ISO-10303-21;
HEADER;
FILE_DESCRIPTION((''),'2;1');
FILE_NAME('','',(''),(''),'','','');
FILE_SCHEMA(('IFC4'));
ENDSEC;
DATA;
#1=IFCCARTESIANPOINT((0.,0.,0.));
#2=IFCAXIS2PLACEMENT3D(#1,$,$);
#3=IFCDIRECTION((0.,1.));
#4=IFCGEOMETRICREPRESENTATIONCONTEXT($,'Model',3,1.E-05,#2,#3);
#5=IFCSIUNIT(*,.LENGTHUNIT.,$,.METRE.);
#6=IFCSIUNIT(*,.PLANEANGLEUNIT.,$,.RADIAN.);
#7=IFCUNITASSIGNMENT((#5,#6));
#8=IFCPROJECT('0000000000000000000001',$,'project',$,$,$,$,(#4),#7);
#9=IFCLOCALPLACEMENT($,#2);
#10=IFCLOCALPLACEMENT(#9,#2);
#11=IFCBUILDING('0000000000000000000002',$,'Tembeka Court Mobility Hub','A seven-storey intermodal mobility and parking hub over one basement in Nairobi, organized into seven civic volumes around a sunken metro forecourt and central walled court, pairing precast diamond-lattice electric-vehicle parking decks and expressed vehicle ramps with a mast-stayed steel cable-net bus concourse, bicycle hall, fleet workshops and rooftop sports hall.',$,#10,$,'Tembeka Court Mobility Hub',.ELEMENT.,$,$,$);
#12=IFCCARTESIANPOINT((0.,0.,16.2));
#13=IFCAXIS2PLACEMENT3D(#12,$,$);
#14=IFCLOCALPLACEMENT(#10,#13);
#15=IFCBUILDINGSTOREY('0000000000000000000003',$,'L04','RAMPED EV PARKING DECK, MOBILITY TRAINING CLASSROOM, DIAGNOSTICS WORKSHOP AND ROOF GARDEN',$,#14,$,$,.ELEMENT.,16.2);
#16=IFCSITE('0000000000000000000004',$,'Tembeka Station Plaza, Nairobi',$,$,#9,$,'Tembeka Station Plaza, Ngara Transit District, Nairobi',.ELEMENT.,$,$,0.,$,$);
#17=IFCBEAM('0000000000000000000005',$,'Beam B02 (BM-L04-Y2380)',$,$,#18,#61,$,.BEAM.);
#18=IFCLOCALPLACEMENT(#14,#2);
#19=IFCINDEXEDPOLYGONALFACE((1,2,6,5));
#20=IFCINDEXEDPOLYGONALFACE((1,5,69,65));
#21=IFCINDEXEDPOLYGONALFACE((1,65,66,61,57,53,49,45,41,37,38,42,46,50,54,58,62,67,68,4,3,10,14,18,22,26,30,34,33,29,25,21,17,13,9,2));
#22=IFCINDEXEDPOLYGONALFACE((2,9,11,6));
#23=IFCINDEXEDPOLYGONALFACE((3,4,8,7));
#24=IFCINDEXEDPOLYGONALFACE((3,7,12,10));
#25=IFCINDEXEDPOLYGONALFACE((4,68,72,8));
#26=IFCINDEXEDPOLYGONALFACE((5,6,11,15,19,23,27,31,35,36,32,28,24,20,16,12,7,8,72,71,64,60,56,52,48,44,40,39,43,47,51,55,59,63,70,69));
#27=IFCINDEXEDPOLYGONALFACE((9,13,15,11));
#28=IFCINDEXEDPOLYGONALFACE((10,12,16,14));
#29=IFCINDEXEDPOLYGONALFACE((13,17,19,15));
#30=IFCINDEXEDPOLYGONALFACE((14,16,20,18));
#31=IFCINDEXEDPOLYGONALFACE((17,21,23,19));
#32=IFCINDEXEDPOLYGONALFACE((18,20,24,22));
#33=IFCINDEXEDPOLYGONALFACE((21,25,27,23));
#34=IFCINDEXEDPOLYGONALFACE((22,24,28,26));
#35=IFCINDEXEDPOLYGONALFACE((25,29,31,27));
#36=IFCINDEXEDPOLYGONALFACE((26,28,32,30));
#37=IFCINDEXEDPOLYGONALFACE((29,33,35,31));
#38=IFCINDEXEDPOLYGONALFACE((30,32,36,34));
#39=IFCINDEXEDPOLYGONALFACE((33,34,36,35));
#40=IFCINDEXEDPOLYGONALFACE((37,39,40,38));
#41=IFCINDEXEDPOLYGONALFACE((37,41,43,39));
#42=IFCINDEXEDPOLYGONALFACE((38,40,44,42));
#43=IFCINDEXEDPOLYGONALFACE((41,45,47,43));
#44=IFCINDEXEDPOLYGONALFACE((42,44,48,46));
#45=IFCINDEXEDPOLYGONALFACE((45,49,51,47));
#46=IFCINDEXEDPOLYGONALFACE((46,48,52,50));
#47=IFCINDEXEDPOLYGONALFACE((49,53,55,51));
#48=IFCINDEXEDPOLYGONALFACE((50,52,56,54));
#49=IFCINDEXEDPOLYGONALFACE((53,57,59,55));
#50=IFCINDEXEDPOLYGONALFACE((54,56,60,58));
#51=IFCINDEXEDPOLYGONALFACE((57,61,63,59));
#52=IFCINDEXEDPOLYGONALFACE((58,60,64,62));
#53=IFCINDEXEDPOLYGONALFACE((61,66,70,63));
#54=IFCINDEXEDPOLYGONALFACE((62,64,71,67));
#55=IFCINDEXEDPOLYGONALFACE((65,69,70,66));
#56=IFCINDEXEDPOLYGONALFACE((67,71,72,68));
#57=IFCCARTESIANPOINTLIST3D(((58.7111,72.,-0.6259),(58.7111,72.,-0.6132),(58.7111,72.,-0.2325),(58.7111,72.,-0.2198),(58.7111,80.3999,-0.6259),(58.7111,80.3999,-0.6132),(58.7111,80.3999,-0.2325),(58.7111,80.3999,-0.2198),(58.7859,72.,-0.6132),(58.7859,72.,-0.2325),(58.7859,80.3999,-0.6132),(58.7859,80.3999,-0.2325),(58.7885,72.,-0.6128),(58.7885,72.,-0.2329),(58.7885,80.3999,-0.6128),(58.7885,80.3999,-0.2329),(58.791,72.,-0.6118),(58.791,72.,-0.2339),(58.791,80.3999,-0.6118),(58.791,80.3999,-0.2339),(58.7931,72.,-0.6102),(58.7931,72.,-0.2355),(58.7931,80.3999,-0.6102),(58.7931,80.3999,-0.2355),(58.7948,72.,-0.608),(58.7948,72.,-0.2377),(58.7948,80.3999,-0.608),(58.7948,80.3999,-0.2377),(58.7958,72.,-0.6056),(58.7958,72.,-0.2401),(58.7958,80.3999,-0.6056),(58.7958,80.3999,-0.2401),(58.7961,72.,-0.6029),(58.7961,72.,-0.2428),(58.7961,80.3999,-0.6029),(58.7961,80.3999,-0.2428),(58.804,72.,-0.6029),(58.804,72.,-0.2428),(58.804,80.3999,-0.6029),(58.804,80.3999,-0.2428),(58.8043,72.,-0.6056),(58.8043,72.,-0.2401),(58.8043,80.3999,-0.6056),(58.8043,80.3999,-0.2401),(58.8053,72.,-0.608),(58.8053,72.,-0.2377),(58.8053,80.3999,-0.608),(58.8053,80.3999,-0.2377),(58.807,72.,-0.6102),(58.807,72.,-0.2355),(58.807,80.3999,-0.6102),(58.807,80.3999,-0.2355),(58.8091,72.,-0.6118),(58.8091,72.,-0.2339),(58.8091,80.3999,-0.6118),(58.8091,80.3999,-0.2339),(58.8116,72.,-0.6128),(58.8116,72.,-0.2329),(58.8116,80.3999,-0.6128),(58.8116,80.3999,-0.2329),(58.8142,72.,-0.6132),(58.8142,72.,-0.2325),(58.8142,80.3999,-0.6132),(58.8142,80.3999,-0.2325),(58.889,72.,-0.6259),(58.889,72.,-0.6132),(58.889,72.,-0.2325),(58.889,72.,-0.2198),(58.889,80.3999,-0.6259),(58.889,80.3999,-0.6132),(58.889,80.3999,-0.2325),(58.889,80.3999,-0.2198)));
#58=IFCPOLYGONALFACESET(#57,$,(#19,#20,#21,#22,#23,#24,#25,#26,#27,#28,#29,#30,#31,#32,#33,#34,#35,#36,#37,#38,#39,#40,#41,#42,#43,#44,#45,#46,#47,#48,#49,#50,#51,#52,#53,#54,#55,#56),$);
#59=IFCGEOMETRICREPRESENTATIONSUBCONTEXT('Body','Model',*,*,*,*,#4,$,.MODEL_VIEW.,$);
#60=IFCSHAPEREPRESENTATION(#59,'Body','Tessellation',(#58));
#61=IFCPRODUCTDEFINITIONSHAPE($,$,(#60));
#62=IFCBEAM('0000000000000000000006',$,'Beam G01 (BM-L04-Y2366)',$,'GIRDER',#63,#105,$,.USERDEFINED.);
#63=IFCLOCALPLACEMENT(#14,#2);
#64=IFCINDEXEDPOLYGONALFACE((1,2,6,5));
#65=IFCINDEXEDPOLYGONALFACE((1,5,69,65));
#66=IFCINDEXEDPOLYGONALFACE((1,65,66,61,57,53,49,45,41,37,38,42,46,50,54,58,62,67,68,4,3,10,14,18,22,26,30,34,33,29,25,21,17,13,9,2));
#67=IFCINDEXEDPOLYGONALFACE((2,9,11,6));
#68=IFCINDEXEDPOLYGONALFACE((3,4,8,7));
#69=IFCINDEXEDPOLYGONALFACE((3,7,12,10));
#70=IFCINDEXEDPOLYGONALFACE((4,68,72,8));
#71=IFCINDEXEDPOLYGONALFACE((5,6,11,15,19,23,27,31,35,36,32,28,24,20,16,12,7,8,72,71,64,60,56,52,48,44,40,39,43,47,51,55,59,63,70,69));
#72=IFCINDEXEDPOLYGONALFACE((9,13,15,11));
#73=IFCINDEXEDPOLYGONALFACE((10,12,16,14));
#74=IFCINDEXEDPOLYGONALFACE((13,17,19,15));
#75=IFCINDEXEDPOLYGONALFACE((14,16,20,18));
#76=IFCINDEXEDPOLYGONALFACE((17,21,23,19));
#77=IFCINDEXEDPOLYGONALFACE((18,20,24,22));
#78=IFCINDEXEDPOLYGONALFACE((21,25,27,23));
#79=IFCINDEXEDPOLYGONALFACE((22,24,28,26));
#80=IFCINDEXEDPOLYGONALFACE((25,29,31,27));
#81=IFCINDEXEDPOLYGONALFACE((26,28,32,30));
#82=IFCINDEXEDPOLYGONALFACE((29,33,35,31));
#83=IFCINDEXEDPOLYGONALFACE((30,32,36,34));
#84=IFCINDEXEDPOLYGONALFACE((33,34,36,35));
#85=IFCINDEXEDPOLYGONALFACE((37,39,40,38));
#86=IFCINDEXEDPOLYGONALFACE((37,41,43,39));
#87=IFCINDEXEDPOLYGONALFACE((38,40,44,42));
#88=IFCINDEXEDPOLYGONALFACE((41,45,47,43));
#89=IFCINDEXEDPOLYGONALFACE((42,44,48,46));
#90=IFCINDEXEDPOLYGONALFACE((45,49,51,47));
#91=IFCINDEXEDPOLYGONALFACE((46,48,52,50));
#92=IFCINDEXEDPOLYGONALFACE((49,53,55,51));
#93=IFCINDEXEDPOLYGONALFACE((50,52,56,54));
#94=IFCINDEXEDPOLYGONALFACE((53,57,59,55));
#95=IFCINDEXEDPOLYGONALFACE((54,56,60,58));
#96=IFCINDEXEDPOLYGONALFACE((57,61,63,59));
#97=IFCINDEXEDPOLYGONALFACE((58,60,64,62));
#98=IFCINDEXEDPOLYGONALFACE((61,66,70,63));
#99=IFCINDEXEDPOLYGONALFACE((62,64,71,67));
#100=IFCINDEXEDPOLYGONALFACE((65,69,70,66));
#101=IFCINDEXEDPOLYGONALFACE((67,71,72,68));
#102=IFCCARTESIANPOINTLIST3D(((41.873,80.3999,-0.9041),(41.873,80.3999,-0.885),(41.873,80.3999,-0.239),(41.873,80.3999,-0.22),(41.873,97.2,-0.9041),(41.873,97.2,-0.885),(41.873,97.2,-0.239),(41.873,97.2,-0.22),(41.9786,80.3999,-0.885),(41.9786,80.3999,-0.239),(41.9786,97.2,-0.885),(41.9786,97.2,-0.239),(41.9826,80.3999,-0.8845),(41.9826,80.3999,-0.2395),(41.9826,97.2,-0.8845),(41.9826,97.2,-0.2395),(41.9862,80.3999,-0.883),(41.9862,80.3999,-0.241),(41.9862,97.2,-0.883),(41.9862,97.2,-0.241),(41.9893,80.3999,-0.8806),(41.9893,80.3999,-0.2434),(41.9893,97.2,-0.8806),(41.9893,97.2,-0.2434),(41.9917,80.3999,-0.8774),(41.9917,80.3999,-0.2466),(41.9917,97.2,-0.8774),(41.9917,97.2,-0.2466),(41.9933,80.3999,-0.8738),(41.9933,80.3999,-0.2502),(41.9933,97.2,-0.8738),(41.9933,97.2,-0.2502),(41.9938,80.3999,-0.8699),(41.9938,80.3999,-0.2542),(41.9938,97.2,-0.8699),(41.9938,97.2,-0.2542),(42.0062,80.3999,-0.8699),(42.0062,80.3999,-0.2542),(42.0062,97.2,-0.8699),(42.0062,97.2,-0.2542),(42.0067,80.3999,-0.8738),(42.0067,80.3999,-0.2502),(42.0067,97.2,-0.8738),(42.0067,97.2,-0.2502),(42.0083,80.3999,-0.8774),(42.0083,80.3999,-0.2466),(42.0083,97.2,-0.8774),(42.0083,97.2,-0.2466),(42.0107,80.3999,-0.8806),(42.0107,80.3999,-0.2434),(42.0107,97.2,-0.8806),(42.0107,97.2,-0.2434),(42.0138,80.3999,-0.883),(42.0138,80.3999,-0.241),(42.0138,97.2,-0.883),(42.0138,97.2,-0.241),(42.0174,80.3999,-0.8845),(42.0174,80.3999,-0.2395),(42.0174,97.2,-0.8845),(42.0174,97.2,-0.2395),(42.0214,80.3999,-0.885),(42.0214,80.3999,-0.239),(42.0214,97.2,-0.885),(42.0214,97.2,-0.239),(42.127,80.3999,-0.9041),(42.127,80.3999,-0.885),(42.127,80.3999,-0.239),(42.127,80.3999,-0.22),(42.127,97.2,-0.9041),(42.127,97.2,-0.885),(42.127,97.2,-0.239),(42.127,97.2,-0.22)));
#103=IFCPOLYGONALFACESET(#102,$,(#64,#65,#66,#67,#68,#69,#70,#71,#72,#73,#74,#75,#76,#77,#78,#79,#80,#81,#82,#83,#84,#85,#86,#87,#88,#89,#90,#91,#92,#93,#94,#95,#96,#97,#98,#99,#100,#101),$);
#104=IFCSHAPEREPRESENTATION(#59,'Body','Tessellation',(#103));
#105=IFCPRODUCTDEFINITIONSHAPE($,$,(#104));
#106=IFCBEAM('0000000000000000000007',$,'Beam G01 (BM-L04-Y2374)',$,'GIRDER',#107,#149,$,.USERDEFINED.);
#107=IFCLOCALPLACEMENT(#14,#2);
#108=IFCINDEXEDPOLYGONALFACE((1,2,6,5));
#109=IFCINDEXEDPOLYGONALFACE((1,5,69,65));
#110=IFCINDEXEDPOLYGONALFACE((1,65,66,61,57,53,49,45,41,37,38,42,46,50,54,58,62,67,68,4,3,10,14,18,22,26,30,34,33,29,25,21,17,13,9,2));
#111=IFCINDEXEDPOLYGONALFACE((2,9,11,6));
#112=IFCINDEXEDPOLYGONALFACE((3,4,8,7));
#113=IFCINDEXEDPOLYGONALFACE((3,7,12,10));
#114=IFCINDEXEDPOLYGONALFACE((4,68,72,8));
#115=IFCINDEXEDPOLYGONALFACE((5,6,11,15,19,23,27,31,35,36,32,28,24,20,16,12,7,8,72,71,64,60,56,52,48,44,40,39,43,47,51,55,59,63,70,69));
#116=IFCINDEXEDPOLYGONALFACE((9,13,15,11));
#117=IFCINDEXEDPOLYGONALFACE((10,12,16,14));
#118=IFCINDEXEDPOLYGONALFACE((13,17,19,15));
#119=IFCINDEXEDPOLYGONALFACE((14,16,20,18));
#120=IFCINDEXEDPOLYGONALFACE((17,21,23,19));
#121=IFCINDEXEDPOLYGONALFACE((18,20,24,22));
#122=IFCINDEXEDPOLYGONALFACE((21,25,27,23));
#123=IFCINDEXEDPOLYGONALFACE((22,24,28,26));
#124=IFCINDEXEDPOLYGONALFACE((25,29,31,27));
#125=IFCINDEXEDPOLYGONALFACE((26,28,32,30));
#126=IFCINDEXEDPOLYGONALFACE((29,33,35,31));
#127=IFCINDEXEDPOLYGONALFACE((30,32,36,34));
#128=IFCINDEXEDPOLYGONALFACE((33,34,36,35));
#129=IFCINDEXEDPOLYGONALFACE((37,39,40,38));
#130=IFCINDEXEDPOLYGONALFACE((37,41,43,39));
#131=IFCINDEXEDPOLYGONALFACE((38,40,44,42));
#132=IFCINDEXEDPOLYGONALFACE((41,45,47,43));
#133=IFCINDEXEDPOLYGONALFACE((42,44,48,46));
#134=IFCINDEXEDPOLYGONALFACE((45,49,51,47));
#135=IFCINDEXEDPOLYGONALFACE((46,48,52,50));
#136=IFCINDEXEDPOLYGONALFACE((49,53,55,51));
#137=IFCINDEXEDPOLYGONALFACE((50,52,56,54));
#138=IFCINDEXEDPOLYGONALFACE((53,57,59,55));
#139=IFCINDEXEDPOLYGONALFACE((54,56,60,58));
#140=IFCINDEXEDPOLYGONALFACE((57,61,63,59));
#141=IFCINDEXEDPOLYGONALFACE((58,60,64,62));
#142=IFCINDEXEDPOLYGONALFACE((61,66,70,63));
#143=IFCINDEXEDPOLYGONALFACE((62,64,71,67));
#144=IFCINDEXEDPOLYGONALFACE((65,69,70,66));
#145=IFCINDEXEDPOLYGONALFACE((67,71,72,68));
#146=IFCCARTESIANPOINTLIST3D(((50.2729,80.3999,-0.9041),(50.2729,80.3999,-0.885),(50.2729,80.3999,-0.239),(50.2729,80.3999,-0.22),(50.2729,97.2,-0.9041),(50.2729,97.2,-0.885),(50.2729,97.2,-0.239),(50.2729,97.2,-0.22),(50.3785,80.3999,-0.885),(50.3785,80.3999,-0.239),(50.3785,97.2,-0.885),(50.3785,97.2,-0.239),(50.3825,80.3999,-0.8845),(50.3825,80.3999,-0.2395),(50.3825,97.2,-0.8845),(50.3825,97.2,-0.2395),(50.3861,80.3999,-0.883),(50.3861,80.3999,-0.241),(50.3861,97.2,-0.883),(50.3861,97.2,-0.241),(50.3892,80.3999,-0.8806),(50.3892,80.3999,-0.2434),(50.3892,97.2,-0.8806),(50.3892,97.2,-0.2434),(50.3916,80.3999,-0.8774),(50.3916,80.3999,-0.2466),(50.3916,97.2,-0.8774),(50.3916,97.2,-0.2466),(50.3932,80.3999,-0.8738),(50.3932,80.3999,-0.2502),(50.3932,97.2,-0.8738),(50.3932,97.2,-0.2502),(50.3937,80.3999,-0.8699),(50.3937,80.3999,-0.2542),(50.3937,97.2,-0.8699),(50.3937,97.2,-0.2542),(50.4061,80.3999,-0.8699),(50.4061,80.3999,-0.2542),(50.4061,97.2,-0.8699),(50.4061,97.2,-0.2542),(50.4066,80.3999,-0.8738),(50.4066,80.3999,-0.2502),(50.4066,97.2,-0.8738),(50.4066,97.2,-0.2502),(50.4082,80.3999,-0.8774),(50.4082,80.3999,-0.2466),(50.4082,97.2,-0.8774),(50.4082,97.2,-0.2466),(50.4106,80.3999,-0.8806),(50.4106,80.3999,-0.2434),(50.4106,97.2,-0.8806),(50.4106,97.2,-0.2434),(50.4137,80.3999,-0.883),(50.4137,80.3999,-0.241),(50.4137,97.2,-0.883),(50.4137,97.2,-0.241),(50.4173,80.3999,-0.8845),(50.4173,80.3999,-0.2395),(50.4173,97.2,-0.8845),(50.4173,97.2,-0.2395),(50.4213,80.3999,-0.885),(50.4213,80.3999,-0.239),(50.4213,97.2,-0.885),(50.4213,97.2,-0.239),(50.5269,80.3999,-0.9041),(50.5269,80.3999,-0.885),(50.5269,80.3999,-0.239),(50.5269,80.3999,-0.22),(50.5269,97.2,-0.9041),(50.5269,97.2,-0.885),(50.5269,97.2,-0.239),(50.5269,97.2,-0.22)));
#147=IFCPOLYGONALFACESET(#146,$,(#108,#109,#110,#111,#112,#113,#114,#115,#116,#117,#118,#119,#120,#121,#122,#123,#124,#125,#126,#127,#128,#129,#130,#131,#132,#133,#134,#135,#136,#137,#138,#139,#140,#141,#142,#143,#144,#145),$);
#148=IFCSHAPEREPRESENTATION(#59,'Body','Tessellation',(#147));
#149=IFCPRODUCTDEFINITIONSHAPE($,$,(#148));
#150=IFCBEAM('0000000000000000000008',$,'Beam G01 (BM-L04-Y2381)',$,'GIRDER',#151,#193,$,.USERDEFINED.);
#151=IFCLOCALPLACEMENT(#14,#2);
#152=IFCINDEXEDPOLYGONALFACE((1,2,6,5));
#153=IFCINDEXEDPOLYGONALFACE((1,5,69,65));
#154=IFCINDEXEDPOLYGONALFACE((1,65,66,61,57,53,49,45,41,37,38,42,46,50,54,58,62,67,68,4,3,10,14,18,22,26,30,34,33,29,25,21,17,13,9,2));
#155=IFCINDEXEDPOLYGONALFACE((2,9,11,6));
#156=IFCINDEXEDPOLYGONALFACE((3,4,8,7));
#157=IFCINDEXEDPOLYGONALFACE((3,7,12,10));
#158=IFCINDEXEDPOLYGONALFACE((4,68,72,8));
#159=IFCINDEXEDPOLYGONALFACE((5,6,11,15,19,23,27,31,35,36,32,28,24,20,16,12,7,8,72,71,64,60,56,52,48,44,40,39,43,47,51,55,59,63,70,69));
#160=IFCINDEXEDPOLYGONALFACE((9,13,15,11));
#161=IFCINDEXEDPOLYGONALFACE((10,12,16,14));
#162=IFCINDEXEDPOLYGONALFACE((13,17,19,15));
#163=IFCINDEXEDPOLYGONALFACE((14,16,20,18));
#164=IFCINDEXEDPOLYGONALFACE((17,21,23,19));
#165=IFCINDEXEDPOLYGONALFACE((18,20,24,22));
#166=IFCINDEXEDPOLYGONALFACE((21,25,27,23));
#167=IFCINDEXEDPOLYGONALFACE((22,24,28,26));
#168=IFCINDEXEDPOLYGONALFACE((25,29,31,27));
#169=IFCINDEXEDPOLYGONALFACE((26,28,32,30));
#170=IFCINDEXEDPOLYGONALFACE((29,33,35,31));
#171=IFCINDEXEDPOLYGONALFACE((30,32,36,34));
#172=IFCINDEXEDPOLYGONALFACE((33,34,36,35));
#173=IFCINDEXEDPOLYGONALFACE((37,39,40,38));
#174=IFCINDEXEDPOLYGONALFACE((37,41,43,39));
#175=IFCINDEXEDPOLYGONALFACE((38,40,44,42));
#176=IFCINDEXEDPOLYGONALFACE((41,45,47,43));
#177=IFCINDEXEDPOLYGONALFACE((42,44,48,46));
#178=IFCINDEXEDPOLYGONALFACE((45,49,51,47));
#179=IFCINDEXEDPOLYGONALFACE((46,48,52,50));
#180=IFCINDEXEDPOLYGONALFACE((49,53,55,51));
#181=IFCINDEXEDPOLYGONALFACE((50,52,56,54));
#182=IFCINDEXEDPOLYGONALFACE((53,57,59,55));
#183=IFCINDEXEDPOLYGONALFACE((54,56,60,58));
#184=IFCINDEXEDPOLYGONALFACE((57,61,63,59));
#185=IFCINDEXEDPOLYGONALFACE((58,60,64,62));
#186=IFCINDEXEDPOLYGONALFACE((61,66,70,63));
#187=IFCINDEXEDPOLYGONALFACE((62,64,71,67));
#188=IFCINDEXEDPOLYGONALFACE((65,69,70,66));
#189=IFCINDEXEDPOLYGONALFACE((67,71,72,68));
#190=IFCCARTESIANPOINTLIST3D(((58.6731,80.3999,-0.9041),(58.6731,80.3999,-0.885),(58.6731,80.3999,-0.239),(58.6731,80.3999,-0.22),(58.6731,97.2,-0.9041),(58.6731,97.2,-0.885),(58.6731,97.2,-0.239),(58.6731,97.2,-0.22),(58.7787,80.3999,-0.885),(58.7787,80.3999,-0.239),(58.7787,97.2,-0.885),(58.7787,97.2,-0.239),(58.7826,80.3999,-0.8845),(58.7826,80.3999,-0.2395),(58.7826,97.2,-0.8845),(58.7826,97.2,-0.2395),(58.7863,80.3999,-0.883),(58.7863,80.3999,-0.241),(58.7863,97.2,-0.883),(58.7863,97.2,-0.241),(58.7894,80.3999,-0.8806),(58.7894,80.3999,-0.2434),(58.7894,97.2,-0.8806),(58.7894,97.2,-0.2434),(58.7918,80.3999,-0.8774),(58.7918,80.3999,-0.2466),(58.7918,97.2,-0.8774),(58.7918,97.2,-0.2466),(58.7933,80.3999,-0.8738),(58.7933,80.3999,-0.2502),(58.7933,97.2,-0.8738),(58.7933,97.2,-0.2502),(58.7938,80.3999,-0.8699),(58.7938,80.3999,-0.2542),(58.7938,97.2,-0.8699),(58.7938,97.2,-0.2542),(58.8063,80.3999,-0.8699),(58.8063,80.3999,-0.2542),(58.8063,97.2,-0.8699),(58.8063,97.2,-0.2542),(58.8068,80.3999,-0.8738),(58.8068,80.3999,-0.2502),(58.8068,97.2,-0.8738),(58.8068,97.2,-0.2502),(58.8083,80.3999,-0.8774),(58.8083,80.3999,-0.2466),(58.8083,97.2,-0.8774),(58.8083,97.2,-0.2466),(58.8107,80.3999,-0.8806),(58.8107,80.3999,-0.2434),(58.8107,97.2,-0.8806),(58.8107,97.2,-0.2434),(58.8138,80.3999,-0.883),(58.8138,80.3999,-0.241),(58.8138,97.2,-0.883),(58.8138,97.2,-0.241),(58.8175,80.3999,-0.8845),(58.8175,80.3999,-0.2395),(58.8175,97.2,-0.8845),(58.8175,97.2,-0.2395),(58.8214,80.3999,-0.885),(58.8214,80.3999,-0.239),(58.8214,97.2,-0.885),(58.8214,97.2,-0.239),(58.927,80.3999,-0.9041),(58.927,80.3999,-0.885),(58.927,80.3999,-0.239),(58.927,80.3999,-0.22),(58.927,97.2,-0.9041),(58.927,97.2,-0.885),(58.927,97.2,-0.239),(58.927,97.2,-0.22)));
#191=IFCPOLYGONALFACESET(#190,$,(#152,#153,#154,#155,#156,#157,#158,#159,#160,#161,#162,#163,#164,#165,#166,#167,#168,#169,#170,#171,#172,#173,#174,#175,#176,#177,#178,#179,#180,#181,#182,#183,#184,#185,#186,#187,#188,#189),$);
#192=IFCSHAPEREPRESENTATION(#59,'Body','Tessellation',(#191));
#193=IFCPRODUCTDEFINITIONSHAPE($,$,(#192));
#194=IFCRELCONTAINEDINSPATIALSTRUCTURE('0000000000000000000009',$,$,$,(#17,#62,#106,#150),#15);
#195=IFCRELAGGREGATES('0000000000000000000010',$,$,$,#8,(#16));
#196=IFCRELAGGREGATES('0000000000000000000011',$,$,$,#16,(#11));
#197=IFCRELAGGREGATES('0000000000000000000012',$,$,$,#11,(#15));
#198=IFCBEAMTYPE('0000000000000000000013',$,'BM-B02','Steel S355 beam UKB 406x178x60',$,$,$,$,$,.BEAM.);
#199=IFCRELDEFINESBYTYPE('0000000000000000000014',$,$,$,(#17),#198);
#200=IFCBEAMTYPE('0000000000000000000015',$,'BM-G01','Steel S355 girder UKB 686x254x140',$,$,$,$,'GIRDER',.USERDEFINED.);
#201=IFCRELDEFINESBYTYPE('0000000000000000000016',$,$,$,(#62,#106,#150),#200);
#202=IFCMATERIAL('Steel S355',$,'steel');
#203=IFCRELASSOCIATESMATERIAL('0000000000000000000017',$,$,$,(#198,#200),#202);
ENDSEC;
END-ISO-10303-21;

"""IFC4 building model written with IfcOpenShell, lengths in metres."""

from ifc_helpers import new_model, si_unit, direction, frame, origin, origin_2d, place, context, subcontext, project, spatial, i_section, extrude, material, material_profile, profile_set, type_object, element, save


model = new_model("IFC4")

# Units and contexts
model_context = context("Model", 3, precision=1e-05, world=origin(), true_north=direction((0.0, 1.0)))
body_context = subcontext(model_context, "Body", "Model", "MODEL_VIEW")
ifc_project = project(units=[si_unit("LENGTHUNIT", "METRE"), si_unit("PLANEANGLEUNIT", "RADIAN")], contexts=[model_context])

# Site, building, storey
site_placement = place(None, origin())
site = spatial("IfcSite", under=ifc_project, at=site_placement, Name="Tembeka Station Plaza, Nairobi", LongName="Tembeka Station Plaza, Ngara Transit District, Nairobi", CompositionType="ELEMENT", RefElevation=0.0)
building_placement = place(site_placement, origin())
building = spatial("IfcBuilding", under=site, at=building_placement, Name="Tembeka Court Mobility Hub", Description="A seven-storey intermodal mobility and parking hub over one basement in Nairobi, organized into seven civic volumes around a sunken metro forecourt and central walled court, pairing precast diamond-lattice electric-vehicle parking decks and expressed vehicle ramps with a mast-stayed steel cable-net bus concourse, bicycle hall, fleet workshops and rooftop sports hall.", LongName="Tembeka Court Mobility Hub", CompositionType="ELEMENT")
storey_placement = place(building_placement, frame((0.0, 0.0, 16.2)))
storey = spatial("IfcBuildingStorey", under=building, at=storey_placement, Name="L04", Description="RAMPED EV PARKING DECK, MOBILITY TRAINING CLASSROOM, DIAGNOSTICS WORKSHOP AND ROOF GARDEN", CompositionType="ELEMENT", Elevation=16.2)

# Shared definitions
ifc_material = material(Name="Steel S355", Category="steel")

# Beams
ifc_material_profile_1 = material_profile(ifc_material, i_section(OverallWidth=0.178, OverallDepth=0.406, WebThickness=0.0078, FlangeThickness=0.0127, FilletRadius=0.0103, at=origin_2d()), Name="UKB 406x178x60")
ifc_profile_set_1 = profile_set([ifc_material_profile_1], Name="Steel S355")
beam_type_1 = type_object("IfcBeamType", Name="BM-B02", Description="Steel S355 beam UKB 406x178x60", PredefinedType="BEAM", material=ifc_profile_set_1)
beam_1_placement = place(storey_placement, frame((58.8, 72.0, -0.4229), z_axis=(0.0, 1.0, 0.0), x_axis=(-1.0, 0.0, 0.0)))
element("IfcBeam", 1, at=beam_1_placement, inside=storey, type_object=beam_type_1, Name="Beam B02 (BM-L04-Y2380)", PredefinedType="BEAM", context=body_context, shape_type="SweptSolid", body=[
    extrude(i_section(OverallWidth=0.178, OverallDepth=0.406, WebThickness=0.0078, FlangeThickness=0.0127, FilletRadius=0.0103, at=origin_2d()), origin(), (0.0, 0.0, 1.0), 8.3999),
])
ifc_material_profile_2 = material_profile(ifc_material, i_section(OverallWidth=0.2539, OverallDepth=0.6841, WebThickness=0.0125, FlangeThickness=0.019, FilletRadius=0.0151, at=origin_2d()), Name="UKB 686x254x140")
ifc_profile_set_2 = profile_set([ifc_material_profile_2], Name="Steel S355")
beam_type_2 = type_object("IfcBeamType", Name="BM-G01", Description="Steel S355 girder UKB 686x254x140", ElementType="GIRDER", PredefinedType="USERDEFINED", material=ifc_profile_set_2)
for number, where, z_axis, x_axis, name in (
    (2, (42.0, 80.3999, -0.562), (0.0, 1.0, 0.0), (-1.0, 0.0, 0.0), "Beam G01 (BM-L04-Y2366)"),
    (3, (50.3999, 80.3999, -0.562), (0.0, 1.0, 0.0), (-1.0, 0.0, 0.0), "Beam G01 (BM-L04-Y2374)"),
    (4, (58.8, 80.3999, -0.562), (0.0, 1.0, 0.0), (-1.0, 0.0, 0.0), "Beam G01 (BM-L04-Y2381)"),
):
    element("IfcBeam", number, at=place(storey_placement, frame(where, z_axis=z_axis, x_axis=x_axis)), inside=storey, type_object=beam_type_2, Name=name, ObjectType="GIRDER", PredefinedType="USERDEFINED", context=body_context, shape_type="SweptSolid", body=[
        extrude(i_section(OverallWidth=0.2539, OverallDepth=0.6841, WebThickness=0.0125, FlangeThickness=0.019, FilletRadius=0.0151, at=origin_2d()), origin(), (0.0, 0.0, 1.0), 16.8),
    ])

save(model, "model.ifc")
